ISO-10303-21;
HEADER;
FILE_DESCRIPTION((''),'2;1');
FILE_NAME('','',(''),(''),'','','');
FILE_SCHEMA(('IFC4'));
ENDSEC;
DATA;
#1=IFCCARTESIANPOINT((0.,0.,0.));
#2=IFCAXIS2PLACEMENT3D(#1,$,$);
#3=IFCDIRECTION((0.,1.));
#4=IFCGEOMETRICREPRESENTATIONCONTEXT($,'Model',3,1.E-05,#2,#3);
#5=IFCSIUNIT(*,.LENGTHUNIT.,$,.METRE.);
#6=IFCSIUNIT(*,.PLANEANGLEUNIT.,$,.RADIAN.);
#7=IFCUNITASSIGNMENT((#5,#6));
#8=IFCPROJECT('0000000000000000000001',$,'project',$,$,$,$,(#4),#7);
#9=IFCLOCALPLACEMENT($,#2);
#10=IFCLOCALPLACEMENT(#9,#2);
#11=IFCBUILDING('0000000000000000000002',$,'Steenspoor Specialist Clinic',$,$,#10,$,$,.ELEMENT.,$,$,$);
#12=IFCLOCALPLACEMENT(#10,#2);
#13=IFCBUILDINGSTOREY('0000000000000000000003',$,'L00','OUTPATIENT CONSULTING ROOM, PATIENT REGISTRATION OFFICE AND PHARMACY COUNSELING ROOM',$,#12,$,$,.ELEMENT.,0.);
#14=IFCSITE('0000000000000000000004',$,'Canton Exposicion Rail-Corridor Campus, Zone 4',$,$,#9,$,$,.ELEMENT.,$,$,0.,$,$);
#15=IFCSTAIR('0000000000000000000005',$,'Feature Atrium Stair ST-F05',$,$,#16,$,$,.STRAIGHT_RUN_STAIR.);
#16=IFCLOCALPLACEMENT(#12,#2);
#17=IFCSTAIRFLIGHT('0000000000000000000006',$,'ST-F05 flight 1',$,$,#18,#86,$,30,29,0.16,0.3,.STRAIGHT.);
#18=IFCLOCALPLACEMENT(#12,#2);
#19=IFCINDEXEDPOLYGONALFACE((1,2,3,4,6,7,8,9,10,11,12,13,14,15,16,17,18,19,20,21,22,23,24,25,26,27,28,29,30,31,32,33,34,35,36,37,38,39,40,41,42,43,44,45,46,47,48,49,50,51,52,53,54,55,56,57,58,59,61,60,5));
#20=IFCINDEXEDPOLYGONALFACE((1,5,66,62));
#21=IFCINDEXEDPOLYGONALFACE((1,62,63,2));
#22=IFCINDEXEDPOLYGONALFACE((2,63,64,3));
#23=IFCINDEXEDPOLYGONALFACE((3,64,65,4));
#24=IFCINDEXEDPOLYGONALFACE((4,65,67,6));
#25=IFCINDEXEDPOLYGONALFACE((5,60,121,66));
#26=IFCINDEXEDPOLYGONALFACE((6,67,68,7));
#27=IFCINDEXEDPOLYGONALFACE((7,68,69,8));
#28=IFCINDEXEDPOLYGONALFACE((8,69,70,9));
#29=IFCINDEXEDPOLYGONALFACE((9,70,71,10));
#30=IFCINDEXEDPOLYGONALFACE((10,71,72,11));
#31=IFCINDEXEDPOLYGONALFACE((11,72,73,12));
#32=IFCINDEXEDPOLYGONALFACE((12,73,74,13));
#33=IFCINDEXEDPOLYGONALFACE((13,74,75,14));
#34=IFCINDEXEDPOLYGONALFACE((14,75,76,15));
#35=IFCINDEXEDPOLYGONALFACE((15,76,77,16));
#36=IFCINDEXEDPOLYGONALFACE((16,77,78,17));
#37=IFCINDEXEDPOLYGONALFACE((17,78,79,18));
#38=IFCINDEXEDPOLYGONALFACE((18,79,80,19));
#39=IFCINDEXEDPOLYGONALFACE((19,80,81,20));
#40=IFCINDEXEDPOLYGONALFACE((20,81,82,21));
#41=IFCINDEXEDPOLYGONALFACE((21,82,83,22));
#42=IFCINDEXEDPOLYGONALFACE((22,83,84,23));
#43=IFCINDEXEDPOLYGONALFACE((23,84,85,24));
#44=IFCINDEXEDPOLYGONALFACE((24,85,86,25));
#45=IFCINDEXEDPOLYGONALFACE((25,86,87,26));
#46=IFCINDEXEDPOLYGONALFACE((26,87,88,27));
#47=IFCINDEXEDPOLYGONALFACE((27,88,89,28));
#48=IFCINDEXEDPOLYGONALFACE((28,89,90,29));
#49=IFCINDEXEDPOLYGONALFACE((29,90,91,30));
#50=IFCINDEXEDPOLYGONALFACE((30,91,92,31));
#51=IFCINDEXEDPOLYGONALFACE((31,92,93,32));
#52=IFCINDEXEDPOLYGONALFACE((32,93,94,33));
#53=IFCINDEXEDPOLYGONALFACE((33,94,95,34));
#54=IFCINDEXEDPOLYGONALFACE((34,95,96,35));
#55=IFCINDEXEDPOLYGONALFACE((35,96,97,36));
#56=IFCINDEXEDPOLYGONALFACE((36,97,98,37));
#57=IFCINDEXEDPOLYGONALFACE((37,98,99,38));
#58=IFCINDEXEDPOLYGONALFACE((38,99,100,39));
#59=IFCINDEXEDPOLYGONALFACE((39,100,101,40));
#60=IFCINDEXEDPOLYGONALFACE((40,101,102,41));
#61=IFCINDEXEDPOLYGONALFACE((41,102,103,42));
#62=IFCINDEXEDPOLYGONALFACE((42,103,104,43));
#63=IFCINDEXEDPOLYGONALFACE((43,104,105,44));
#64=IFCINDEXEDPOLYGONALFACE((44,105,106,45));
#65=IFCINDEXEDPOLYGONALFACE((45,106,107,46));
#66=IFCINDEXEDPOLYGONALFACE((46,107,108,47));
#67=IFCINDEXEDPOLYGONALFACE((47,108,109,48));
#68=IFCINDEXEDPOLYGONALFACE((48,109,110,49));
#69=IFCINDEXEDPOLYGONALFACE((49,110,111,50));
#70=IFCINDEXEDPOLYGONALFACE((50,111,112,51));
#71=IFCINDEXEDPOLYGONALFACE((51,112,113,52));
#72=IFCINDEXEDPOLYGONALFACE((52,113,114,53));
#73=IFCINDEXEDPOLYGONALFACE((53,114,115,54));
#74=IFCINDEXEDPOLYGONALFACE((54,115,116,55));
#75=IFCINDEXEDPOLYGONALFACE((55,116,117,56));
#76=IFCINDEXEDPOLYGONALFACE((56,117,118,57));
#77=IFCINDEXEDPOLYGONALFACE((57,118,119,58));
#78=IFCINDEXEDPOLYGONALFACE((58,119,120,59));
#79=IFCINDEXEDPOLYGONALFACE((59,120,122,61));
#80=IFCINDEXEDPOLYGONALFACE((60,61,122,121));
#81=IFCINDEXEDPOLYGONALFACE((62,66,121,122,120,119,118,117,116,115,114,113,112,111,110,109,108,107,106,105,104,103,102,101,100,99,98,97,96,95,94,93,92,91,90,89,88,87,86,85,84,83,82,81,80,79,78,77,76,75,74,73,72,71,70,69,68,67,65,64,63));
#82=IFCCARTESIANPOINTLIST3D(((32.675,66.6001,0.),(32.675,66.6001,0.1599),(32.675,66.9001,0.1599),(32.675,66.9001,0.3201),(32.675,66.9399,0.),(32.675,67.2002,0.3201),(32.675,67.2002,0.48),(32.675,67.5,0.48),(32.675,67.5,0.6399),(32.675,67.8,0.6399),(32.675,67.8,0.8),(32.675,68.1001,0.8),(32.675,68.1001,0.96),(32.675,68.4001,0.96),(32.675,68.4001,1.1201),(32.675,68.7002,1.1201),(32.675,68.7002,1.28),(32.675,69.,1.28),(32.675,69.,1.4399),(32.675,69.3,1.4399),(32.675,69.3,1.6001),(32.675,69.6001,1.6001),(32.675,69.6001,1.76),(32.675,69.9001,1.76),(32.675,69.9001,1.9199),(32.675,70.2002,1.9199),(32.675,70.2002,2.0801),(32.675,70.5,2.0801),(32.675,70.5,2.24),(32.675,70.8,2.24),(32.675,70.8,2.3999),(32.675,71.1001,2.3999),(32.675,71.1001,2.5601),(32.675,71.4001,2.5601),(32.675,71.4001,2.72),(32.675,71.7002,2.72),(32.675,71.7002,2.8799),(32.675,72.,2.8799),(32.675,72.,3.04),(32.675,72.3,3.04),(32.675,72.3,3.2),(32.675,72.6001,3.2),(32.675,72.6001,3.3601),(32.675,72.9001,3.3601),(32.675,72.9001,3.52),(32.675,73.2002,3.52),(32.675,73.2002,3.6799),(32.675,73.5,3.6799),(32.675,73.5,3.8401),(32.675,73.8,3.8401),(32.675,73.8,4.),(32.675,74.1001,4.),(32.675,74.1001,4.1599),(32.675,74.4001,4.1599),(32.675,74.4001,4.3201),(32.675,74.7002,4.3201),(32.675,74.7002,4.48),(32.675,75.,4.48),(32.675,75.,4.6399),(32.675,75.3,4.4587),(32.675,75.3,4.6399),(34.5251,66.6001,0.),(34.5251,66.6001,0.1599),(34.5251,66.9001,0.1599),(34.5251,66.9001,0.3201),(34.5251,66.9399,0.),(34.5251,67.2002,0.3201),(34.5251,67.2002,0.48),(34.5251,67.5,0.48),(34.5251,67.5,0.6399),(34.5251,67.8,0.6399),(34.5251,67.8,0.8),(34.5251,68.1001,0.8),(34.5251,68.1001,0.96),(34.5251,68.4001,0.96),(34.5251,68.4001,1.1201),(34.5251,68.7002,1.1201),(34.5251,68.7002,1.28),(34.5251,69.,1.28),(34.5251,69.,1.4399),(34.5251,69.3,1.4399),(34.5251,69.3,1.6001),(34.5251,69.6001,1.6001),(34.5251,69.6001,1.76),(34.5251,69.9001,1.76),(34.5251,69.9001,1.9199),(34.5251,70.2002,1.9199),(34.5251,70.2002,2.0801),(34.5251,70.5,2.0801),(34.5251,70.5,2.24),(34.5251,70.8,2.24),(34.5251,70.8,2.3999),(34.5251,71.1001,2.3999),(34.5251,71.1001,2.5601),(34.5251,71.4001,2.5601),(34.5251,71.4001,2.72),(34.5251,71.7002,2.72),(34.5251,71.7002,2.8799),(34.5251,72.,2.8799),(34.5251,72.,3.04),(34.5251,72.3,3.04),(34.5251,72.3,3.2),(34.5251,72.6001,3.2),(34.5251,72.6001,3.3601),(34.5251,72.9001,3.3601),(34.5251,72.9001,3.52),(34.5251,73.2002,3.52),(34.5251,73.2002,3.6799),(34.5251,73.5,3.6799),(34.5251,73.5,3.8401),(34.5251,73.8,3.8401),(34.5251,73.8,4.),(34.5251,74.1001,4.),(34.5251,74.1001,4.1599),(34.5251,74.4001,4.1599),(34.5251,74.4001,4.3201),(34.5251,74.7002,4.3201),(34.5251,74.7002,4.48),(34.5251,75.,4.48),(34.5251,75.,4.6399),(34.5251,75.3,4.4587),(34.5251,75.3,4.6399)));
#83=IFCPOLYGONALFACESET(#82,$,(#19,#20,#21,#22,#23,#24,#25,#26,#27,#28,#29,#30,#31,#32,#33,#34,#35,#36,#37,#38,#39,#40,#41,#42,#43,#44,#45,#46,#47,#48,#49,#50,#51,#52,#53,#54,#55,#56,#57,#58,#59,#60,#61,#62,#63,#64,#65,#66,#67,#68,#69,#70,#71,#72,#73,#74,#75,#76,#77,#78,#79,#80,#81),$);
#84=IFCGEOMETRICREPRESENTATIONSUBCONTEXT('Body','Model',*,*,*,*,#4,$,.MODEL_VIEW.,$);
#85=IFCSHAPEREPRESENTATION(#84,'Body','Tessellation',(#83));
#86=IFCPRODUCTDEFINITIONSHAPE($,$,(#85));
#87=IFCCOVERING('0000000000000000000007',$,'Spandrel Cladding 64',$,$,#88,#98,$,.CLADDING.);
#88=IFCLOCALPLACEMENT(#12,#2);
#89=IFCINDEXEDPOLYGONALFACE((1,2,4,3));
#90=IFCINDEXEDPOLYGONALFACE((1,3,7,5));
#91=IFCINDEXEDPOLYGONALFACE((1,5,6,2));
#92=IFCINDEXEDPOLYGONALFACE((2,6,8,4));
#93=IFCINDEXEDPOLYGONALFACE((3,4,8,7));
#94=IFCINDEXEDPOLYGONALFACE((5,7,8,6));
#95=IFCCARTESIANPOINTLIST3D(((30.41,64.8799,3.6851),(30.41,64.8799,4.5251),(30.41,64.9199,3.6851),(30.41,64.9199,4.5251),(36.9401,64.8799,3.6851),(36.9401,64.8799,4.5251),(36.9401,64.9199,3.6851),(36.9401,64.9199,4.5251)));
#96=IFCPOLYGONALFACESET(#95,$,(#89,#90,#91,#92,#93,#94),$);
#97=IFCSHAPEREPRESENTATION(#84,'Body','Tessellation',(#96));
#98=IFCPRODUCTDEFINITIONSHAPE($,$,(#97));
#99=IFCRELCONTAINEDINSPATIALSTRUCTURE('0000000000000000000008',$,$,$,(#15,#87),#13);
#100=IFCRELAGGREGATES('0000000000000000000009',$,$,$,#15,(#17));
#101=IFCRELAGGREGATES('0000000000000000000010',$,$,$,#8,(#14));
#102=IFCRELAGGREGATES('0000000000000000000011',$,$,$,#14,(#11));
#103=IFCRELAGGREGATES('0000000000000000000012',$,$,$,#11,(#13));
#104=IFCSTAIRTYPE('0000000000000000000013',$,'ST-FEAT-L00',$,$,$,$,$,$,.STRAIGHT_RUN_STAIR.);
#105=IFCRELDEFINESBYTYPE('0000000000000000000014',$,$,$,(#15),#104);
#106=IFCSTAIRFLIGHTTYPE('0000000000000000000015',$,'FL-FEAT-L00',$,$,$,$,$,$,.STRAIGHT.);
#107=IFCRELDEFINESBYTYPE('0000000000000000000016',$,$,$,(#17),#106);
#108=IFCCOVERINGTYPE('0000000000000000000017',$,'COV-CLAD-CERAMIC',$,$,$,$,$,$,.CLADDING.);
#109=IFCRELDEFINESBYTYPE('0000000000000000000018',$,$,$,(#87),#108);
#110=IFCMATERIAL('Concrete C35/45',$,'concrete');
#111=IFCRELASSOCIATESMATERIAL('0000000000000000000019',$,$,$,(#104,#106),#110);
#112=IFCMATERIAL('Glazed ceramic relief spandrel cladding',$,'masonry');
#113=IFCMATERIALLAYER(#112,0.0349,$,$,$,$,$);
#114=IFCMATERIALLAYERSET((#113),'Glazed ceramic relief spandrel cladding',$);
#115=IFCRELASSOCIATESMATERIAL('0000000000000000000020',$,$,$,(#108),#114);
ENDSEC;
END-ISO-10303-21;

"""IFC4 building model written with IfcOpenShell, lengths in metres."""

from ifc_helpers import new_model, si_unit, direction, frame, origin, origin_2d, place, context, subcontext, project, spatial, polyline, rectangle, outline, extrude, material, layer, layer_set, type_object, element, aggregate, save


model = new_model("IFC4")

# Units and contexts
model_context = context("Model", 3, precision=1e-05, world=origin(), true_north=direction((0.0, 1.0)))
body_context = subcontext(model_context, "Body", "Model", "MODEL_VIEW")
ifc_project = project(units=[si_unit("LENGTHUNIT", "METRE"), si_unit("PLANEANGLEUNIT", "RADIAN")], contexts=[model_context])

# Site, building, storey
site_placement = place(None, origin())
site = spatial("IfcSite", under=ifc_project, at=site_placement, Name="Canton Exposicion Rail-Corridor Campus, Zone 4", CompositionType="ELEMENT", RefElevation=0.0)
building_placement = place(site_placement, origin())
building = spatial("IfcBuilding", under=site, at=building_placement, Name="Steenspoor Specialist Clinic", CompositionType="ELEMENT")
storey_placement = place(building_placement, origin())
storey = spatial("IfcBuildingStorey", under=building, at=storey_placement, Name="L00", Description="OUTPATIENT CONSULTING ROOM, PATIENT REGISTRATION OFFICE AND PHARMACY COUNSELING ROOM", CompositionType="ELEMENT", Elevation=0.0)

# Shared definitions
ifc_material_1 = material(Name="Concrete C35/45", Category="concrete")

# Stair, stair flight
stair_type = type_object("IfcStairType", Name="ST-FEAT-L00", PredefinedType="STRAIGHT_RUN_STAIR", material=ifc_material_1)
stair_placement = place(storey_placement, origin())
stair = element("IfcStair", 1, at=stair_placement, inside=storey, type_object=stair_type, Name="Feature Atrium Stair ST-F05", PredefinedType="STRAIGHT_RUN_STAIR")
stair_flight_type = type_object("IfcStairFlightType", Name="FL-FEAT-L00", PredefinedType="STRAIGHT", material=ifc_material_1)
stair_flight_placement = place(storey_placement, frame((33.6001, 66.6001, 0.0), z_axis=(0.0, 0.0, 1.0), x_axis=(0.0, 1.0, 0.0)))
stair_flight = element("IfcStairFlight", 2, at=stair_flight_placement, type_object=stair_flight_type, Name="ST-F05 flight 1", NumberOfRisers=30, NumberOfTreads=29, PredefinedType="STRAIGHT", RiserHeight=0.16, TreadLength=0.3, context=body_context, shape_type="SweptSolid", body=[
    extrude(outline(polyline([(0.0, 0.0), (0.0, 0.1599), (0.3, 0.1599), (0.3, 0.3201), (0.6001, 0.3201), (0.6001, 0.48), (0.8999, 0.48), (0.8999, 0.6399), (1.2, 0.6399), (1.2, 0.8), (1.5, 0.8), (1.5, 0.96), (1.8, 0.96), (1.8, 1.1201), (2.1001, 1.1201), (2.1001, 1.28), (2.3999, 1.28), (2.3999, 1.4399), (2.7, 1.4399), (2.7, 1.6001), (3.0, 1.6001), (3.0, 1.76), (3.3, 1.76), (3.3, 1.9199), (3.6001, 1.9199), (3.6001, 2.0801), (3.8999, 2.0801), (3.8999, 2.24), (4.2, 2.24), (4.2, 2.3999), (4.5, 2.3999), (4.5, 2.5601), (4.8, 2.5601), (4.8, 2.72), (5.1001, 2.72), (5.1001, 2.8799), (5.3999, 2.8799), (5.3999, 3.04), (5.7, 3.04), (5.7, 3.2), (6.0, 3.2), (6.0, 3.3601), (6.3, 3.3601), (6.3, 3.52), (6.6001, 3.52), (6.6001, 3.6799), (6.8999, 3.6799), (6.8999, 3.8401), (7.2, 3.8401), (7.2, 4.0), (7.5, 4.0), (7.5, 4.1599), (7.8, 4.1599), (7.8, 4.3201), (8.1001, 4.3201), (8.1001, 4.48), (8.3999, 4.48), (8.3999, 4.6399), (8.7, 4.6399), (8.7, 4.8), (8.7, 4.4587), (0.3398, 0.0), (0.0, 0.0)])), frame((0.0, 0.925, 0.0), z_axis=(0.0, -1.0, 0.0), x_axis=(1.0, 0.0, 0.0)), (0.0, 0.0, 1.0), 1.8501),
])
aggregate(stair, [stair_flight])

# Covering
ifc_material_2 = material(Name="Glazed ceramic relief spandrel cladding", Category="masonry")
ifc_layer_1 = layer(ifc_material_2, 0.0349)
ifc_layer_set_1 = layer_set([ifc_layer_1], Name="Glazed ceramic relief spandrel cladding")
covering_type = type_object("IfcCoveringType", Name="COV-CLAD-CERAMIC", PredefinedType="CLADDING", material=ifc_layer_set_1)
covering_placement = place(storey_placement, frame((33.675, 64.8999, 3.6851), z_axis=(0.0, 0.0, 1.0), x_axis=(-1.0, 0.0, 0.0)))
element("IfcCovering", 3, at=covering_placement, inside=storey, type_object=covering_type, Name="Spandrel Cladding 64", PredefinedType="CLADDING", context=body_context, shape_type="SweptSolid", body=[
    extrude(rectangle(XDim=6.53, YDim=0.04, at=origin_2d()), origin(), (0.0, 0.0, 1.0), 0.8401),
])

save(model, "model.ifc")
